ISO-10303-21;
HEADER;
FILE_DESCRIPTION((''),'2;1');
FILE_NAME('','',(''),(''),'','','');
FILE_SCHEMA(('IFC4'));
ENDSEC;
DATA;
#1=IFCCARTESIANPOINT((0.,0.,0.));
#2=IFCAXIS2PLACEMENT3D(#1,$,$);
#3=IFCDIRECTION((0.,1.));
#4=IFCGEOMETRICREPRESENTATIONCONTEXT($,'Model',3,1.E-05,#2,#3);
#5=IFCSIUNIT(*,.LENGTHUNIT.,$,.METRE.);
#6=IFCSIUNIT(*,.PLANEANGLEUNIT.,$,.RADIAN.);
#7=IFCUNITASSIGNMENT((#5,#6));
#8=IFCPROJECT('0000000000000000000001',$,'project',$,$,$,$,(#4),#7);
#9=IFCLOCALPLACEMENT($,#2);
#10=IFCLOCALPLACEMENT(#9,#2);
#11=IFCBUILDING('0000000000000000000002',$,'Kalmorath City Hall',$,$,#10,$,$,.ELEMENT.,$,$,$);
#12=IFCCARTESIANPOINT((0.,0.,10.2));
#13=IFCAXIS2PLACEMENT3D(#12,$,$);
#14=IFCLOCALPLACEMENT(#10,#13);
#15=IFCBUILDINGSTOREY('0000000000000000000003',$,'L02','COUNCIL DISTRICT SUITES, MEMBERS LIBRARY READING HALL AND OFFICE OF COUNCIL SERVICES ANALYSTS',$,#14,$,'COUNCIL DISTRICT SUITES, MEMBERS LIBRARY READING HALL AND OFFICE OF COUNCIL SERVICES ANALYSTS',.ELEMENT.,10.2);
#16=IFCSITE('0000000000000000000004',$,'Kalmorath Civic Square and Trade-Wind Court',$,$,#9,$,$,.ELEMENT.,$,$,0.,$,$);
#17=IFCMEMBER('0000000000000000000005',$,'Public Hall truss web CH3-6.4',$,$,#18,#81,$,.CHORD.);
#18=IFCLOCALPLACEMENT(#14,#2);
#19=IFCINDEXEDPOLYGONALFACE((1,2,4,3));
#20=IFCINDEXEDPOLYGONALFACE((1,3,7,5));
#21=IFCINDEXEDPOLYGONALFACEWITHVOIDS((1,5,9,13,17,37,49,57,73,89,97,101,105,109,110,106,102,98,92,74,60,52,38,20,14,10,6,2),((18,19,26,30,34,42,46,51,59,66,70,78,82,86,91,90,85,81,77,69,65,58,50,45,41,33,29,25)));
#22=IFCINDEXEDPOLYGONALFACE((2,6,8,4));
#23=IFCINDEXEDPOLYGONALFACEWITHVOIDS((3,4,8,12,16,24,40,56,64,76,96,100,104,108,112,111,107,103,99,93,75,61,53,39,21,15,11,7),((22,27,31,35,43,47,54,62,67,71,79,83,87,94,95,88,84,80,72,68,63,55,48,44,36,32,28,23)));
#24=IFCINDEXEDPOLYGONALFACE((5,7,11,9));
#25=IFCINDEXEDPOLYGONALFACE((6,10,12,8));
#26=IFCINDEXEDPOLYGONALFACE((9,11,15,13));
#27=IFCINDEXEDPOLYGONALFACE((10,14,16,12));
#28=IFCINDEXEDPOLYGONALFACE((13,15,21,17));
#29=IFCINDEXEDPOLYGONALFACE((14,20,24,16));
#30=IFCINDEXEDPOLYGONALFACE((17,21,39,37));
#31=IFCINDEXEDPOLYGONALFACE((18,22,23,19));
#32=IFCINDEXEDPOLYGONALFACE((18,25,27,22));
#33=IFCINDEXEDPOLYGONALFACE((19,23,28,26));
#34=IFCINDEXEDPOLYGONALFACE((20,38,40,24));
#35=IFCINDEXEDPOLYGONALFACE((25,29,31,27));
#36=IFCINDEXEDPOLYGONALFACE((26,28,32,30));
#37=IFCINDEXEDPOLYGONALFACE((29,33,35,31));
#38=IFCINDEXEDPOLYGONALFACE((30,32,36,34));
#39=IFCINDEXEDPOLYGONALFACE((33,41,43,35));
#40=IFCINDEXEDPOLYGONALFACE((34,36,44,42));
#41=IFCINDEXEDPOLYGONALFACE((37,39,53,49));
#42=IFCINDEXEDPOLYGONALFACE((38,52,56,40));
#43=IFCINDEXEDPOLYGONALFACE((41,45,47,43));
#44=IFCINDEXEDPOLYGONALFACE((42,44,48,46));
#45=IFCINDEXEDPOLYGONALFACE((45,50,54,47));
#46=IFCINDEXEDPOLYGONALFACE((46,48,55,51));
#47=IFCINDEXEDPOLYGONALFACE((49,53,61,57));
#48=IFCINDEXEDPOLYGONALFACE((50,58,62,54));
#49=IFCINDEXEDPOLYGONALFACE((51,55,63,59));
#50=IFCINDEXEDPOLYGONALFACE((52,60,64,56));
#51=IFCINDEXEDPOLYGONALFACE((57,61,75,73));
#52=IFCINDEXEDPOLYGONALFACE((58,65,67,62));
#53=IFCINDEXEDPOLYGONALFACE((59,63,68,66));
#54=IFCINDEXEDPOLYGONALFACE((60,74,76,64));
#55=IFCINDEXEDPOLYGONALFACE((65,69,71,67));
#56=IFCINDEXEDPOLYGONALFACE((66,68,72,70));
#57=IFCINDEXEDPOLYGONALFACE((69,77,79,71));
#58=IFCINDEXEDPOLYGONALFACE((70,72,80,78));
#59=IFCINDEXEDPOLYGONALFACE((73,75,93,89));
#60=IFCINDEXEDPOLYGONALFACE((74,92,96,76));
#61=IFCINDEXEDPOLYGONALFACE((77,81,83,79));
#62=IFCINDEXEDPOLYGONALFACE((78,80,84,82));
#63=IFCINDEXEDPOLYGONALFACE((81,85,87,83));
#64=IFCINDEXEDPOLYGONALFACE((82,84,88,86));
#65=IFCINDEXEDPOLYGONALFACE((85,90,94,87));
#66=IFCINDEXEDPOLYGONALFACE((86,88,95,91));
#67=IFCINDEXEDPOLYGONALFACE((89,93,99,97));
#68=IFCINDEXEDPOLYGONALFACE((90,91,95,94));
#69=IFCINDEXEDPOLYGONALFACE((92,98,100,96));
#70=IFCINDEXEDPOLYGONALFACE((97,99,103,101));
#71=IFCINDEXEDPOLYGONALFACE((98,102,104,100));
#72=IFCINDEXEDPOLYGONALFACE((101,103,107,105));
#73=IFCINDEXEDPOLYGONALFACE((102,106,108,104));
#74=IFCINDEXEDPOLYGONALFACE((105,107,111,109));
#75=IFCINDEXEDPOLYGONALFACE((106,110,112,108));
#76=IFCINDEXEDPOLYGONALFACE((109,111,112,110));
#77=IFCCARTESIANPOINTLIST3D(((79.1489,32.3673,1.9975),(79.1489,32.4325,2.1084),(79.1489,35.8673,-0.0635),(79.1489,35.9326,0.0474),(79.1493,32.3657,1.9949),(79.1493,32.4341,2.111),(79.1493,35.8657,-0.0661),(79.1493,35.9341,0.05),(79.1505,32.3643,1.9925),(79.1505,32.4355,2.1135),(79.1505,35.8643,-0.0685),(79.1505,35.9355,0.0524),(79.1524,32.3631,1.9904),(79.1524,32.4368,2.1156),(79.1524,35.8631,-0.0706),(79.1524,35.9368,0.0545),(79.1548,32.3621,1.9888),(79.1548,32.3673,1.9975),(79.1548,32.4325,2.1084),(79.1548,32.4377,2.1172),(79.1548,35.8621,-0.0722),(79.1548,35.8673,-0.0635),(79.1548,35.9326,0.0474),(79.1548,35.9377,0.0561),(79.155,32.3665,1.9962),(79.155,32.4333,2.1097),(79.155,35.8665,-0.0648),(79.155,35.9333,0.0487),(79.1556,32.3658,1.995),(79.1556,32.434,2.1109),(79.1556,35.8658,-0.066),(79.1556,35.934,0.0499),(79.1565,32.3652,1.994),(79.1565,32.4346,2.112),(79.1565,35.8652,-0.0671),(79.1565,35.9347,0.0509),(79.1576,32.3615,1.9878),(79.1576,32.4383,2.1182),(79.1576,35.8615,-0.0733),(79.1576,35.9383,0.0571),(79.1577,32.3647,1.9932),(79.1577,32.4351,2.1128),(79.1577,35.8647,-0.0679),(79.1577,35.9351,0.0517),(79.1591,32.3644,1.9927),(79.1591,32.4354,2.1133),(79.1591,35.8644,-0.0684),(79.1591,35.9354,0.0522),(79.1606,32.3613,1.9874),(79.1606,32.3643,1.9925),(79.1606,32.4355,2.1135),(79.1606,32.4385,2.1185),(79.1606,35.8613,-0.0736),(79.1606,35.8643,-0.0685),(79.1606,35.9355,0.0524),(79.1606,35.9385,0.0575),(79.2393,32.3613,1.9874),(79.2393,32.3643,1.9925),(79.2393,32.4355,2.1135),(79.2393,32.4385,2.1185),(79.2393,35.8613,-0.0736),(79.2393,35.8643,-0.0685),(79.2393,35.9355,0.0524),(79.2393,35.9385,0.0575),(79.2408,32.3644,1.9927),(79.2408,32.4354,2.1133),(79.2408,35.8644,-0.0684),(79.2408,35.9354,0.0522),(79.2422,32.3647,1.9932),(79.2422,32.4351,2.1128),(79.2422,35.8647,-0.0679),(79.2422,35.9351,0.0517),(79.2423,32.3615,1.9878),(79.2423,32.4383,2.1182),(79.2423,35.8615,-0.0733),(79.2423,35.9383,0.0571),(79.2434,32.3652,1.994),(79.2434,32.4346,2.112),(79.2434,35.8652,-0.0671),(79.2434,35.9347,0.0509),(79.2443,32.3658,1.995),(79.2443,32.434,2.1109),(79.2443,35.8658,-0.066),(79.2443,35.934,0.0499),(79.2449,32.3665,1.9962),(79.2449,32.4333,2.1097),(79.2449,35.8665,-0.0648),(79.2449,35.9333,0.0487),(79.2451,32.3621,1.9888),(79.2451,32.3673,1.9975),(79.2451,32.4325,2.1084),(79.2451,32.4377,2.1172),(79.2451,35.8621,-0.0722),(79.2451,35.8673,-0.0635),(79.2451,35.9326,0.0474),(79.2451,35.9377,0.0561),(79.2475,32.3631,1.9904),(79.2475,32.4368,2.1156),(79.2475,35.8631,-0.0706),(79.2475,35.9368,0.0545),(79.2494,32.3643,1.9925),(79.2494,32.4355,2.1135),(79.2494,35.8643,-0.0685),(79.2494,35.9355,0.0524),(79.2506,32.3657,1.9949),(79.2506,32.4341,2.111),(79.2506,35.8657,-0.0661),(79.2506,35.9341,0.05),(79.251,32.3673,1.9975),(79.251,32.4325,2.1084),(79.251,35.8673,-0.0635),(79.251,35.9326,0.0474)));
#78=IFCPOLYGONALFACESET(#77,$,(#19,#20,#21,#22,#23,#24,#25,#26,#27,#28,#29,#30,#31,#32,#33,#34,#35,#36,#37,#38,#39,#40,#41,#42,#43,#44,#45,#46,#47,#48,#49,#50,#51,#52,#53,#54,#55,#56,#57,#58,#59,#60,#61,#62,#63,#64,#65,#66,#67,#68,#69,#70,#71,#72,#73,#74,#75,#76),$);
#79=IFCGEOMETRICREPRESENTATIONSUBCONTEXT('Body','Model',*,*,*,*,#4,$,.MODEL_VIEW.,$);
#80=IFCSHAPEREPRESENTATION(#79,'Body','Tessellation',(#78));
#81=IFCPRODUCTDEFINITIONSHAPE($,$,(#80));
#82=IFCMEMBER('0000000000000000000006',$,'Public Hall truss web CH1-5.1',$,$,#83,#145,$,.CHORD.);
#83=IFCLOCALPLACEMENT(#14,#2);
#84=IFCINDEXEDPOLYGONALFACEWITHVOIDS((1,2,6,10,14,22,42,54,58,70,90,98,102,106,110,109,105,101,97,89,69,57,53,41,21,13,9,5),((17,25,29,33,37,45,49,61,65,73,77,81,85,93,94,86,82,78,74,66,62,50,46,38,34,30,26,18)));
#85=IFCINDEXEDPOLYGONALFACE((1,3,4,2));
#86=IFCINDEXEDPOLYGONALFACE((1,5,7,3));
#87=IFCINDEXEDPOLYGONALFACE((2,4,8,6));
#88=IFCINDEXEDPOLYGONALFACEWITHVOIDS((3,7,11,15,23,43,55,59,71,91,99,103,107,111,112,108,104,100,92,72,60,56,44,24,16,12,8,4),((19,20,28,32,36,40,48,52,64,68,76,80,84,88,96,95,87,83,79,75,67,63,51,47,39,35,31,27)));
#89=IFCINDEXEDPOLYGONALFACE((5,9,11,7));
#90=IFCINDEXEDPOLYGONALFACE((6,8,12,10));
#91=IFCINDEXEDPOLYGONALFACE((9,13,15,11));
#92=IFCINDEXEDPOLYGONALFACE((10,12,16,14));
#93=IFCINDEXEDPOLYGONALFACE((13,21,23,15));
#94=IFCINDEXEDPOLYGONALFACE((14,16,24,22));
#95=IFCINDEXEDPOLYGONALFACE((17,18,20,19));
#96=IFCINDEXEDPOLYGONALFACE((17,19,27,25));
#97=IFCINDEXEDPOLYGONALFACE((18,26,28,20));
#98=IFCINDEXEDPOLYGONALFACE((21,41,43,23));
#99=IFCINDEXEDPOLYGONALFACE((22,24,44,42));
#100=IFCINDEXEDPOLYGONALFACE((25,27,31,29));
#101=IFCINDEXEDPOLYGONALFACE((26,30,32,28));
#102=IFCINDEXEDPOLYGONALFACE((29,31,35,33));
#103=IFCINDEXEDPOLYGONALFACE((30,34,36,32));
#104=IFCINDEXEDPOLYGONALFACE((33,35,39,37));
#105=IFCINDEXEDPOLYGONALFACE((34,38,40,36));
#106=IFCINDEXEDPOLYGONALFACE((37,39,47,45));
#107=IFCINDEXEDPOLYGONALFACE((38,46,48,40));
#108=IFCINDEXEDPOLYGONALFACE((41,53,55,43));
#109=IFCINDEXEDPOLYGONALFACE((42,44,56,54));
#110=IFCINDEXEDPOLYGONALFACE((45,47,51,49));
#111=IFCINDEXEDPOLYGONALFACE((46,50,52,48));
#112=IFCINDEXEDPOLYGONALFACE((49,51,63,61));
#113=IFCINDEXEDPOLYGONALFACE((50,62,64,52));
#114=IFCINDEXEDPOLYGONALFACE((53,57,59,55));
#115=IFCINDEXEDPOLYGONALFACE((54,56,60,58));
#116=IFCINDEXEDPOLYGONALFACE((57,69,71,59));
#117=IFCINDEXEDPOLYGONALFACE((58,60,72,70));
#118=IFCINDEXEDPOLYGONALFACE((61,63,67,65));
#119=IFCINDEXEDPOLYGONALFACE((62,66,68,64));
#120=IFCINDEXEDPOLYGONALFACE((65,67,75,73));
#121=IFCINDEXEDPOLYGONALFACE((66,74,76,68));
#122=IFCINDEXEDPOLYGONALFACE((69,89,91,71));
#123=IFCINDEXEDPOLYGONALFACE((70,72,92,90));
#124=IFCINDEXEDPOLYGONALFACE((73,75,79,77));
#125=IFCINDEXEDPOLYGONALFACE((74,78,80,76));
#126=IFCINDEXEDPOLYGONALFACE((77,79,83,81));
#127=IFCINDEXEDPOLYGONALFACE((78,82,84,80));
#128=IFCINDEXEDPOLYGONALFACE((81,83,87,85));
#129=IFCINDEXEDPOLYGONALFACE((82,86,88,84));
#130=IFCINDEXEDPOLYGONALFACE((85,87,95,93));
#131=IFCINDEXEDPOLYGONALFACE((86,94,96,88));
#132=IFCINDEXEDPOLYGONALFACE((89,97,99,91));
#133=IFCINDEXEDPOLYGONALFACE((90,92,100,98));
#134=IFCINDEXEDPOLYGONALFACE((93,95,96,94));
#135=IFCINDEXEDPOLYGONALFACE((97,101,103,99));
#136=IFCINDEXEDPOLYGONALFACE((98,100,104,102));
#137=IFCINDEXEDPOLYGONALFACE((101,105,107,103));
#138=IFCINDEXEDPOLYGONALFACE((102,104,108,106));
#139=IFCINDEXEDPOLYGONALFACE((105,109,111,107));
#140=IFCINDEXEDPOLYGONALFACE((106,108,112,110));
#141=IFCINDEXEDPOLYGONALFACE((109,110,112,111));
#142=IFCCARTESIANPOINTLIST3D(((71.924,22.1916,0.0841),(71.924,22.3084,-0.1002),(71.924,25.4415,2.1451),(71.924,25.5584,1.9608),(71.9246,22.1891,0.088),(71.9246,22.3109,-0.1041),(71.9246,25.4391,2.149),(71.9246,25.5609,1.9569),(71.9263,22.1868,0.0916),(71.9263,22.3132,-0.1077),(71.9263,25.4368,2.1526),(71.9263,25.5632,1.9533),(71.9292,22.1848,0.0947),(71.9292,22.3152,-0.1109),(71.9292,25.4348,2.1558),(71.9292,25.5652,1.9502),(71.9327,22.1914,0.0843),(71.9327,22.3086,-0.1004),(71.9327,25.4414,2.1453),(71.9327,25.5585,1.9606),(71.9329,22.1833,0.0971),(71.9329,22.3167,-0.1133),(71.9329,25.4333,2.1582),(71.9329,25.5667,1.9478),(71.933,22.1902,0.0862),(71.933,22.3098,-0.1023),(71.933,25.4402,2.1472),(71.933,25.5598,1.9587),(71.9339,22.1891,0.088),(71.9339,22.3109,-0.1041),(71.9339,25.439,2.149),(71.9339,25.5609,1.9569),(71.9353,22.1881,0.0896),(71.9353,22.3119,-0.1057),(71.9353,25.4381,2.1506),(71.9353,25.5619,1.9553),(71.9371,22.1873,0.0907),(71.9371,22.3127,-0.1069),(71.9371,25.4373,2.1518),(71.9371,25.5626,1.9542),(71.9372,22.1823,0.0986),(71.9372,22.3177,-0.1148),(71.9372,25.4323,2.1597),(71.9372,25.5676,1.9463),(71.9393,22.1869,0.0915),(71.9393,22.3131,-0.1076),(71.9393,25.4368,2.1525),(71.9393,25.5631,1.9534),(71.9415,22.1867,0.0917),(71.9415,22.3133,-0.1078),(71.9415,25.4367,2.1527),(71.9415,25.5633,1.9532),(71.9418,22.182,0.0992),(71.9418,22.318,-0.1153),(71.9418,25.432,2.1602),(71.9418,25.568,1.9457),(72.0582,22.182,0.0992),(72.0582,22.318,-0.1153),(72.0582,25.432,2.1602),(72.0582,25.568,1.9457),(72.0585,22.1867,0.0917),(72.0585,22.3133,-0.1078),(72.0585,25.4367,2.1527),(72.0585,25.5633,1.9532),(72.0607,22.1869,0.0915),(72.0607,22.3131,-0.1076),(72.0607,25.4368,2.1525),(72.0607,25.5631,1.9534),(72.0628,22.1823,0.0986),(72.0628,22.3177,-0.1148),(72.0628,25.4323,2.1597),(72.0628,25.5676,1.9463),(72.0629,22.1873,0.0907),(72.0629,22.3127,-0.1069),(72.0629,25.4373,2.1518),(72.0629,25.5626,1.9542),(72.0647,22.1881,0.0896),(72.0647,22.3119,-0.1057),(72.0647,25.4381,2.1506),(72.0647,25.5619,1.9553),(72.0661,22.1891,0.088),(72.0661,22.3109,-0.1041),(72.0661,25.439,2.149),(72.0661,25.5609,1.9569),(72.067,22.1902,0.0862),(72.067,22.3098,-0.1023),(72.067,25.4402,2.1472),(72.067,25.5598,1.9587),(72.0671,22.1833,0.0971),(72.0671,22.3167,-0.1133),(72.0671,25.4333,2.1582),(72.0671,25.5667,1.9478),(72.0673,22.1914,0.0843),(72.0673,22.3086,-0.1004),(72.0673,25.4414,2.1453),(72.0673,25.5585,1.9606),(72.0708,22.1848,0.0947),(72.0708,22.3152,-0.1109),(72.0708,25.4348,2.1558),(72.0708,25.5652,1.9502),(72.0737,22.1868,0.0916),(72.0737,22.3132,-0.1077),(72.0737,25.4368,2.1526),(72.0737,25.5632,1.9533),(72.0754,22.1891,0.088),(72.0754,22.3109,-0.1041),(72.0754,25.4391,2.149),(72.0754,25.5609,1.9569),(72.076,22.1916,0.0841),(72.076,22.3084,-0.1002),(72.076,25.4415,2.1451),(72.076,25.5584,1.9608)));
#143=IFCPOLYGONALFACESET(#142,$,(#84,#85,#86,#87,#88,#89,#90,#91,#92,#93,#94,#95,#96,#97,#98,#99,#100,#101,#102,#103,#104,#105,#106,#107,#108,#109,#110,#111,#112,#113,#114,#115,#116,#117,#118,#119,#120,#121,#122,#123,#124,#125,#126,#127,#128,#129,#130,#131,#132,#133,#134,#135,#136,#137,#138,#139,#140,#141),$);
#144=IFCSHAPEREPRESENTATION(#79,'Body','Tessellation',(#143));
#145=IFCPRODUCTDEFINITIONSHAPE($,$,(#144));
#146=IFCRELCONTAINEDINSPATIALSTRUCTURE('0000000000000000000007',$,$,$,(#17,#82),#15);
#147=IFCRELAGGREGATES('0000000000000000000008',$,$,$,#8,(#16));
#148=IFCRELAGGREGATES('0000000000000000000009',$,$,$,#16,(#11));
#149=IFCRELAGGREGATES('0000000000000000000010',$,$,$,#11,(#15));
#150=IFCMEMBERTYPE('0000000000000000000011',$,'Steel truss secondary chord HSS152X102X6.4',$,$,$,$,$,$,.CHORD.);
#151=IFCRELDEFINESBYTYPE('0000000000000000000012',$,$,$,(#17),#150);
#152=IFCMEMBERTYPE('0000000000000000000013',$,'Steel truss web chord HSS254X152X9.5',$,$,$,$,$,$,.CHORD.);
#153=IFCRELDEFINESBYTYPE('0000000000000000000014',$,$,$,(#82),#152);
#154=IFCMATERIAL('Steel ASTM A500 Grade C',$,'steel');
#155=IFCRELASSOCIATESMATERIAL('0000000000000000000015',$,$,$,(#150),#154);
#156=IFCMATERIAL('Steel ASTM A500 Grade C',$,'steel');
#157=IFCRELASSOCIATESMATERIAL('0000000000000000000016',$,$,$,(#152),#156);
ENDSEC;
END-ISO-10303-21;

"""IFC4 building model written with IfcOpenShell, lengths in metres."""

from ifc_helpers import new_model, si_unit, direction, frame, origin, origin_2d, place, context, subcontext, project, spatial, hollow_rectangle, extrude, material, material_profile, profile_set, type_object, element, save


model = new_model("IFC4")

# Units and contexts
model_context = context("Model", 3, precision=1e-05, world=origin(), true_north=direction((0.0, 1.0)))
body_context = subcontext(model_context, "Body", "Model", "MODEL_VIEW")
ifc_project = project(units=[si_unit("LENGTHUNIT", "METRE"), si_unit("PLANEANGLEUNIT", "RADIAN")], contexts=[model_context])

# Site, building, storey
site_placement = place(None, origin())
site = spatial("IfcSite", under=ifc_project, at=site_placement, Name="Kalmorath Civic Square and Trade-Wind Court", CompositionType="ELEMENT", RefElevation=0.0)
building_placement = place(site_placement, origin())
building = spatial("IfcBuilding", under=site, at=building_placement, Name="Kalmorath City Hall", CompositionType="ELEMENT")
storey_placement = place(building_placement, frame((0.0, 0.0, 10.2)))
storey = spatial("IfcBuildingStorey", under=building, at=storey_placement, Name="L02", Description="COUNCIL DISTRICT SUITES, MEMBERS LIBRARY READING HALL AND OFFICE OF COUNCIL SERVICES ANALYSTS", LongName="COUNCIL DISTRICT SUITES, MEMBERS LIBRARY READING HALL AND OFFICE OF COUNCIL SERVICES ANALYSTS", CompositionType="ELEMENT", Elevation=10.2)

# Members
ifc_material_1 = material(Name="Steel ASTM A500 Grade C", Category="steel")
ifc_material_profile_1 = material_profile(ifc_material_1, hollow_rectangle(XDim=0.1021, YDim=0.1521, WallThickness=0.0059, InnerFilletRadius=0.0059, OuterFilletRadius=0.0117, at=origin_2d()), Name="HSS152X102X6.4")
ifc_profile_set_1 = profile_set([ifc_material_profile_1], Name="Steel ASTM A500 Grade C")
member_type_1 = type_object("IfcMemberType", Name="Steel truss secondary chord HSS152X102X6.4", PredefinedType="CHORD", material=ifc_profile_set_1)
for number, where, z_axis, x_axis, name in (
    (1, (79.2, 32.3999, 2.053), (0.0, 0.861696, -0.507425), (-1.0, 0.0, 0.0), "Public Hall truss web CH3-6.4"),
):
    element("IfcMember", number, at=place(storey_placement, frame(where, z_axis=z_axis, x_axis=x_axis)), inside=storey, type_object=member_type_1, Name=name, PredefinedType="CHORD", context=body_context, shape_type="SweptSolid", body=[
        extrude(hollow_rectangle(XDim=0.1021, YDim=0.1521, WallThickness=0.0059, InnerFilletRadius=0.0059, OuterFilletRadius=0.0117, at=origin_2d()), origin(), (0.0, 0.0, 1.0), 4.0618),
    ])
ifc_material_2 = material(Name="Steel ASTM A500 Grade C", Category="steel")
ifc_material_profile_2 = material_profile(ifc_material_2, hollow_rectangle(XDim=0.1521, YDim=0.2539, WallThickness=0.0088, InnerFilletRadius=0.0088, OuterFilletRadius=0.0178, at=origin_2d()), Name="HSS254X152X9.5")
ifc_profile_set_2 = profile_set([ifc_material_profile_2], Name="Steel ASTM A500 Grade C")
member_type_2 = type_object("IfcMemberType", Name="Steel truss web chord HSS254X152X9.5", PredefinedType="CHORD", material=ifc_profile_set_2)
for number, where, z_axis, x_axis, name in (
    (2, (72.0, 22.25, -0.0081), (0.0, 0.844502, 0.535553), (-1.0, 0.0, 0.0), "Public Hall truss web CH1-5.1"),
):
    element("IfcMember", number, at=place(storey_placement, frame(where, z_axis=z_axis, x_axis=x_axis)), inside=storey, type_object=member_type_2, Name=name, PredefinedType="CHORD", context=body_context, shape_type="SweptSolid", body=[
        extrude(hollow_rectangle(XDim=0.1521, YDim=0.2539, WallThickness=0.0088, InnerFilletRadius=0.0088, OuterFilletRadius=0.0178, at=origin_2d()), origin(), (0.0, 0.0, 1.0), 3.8484),
    ])

save(model, "model.ifc")
